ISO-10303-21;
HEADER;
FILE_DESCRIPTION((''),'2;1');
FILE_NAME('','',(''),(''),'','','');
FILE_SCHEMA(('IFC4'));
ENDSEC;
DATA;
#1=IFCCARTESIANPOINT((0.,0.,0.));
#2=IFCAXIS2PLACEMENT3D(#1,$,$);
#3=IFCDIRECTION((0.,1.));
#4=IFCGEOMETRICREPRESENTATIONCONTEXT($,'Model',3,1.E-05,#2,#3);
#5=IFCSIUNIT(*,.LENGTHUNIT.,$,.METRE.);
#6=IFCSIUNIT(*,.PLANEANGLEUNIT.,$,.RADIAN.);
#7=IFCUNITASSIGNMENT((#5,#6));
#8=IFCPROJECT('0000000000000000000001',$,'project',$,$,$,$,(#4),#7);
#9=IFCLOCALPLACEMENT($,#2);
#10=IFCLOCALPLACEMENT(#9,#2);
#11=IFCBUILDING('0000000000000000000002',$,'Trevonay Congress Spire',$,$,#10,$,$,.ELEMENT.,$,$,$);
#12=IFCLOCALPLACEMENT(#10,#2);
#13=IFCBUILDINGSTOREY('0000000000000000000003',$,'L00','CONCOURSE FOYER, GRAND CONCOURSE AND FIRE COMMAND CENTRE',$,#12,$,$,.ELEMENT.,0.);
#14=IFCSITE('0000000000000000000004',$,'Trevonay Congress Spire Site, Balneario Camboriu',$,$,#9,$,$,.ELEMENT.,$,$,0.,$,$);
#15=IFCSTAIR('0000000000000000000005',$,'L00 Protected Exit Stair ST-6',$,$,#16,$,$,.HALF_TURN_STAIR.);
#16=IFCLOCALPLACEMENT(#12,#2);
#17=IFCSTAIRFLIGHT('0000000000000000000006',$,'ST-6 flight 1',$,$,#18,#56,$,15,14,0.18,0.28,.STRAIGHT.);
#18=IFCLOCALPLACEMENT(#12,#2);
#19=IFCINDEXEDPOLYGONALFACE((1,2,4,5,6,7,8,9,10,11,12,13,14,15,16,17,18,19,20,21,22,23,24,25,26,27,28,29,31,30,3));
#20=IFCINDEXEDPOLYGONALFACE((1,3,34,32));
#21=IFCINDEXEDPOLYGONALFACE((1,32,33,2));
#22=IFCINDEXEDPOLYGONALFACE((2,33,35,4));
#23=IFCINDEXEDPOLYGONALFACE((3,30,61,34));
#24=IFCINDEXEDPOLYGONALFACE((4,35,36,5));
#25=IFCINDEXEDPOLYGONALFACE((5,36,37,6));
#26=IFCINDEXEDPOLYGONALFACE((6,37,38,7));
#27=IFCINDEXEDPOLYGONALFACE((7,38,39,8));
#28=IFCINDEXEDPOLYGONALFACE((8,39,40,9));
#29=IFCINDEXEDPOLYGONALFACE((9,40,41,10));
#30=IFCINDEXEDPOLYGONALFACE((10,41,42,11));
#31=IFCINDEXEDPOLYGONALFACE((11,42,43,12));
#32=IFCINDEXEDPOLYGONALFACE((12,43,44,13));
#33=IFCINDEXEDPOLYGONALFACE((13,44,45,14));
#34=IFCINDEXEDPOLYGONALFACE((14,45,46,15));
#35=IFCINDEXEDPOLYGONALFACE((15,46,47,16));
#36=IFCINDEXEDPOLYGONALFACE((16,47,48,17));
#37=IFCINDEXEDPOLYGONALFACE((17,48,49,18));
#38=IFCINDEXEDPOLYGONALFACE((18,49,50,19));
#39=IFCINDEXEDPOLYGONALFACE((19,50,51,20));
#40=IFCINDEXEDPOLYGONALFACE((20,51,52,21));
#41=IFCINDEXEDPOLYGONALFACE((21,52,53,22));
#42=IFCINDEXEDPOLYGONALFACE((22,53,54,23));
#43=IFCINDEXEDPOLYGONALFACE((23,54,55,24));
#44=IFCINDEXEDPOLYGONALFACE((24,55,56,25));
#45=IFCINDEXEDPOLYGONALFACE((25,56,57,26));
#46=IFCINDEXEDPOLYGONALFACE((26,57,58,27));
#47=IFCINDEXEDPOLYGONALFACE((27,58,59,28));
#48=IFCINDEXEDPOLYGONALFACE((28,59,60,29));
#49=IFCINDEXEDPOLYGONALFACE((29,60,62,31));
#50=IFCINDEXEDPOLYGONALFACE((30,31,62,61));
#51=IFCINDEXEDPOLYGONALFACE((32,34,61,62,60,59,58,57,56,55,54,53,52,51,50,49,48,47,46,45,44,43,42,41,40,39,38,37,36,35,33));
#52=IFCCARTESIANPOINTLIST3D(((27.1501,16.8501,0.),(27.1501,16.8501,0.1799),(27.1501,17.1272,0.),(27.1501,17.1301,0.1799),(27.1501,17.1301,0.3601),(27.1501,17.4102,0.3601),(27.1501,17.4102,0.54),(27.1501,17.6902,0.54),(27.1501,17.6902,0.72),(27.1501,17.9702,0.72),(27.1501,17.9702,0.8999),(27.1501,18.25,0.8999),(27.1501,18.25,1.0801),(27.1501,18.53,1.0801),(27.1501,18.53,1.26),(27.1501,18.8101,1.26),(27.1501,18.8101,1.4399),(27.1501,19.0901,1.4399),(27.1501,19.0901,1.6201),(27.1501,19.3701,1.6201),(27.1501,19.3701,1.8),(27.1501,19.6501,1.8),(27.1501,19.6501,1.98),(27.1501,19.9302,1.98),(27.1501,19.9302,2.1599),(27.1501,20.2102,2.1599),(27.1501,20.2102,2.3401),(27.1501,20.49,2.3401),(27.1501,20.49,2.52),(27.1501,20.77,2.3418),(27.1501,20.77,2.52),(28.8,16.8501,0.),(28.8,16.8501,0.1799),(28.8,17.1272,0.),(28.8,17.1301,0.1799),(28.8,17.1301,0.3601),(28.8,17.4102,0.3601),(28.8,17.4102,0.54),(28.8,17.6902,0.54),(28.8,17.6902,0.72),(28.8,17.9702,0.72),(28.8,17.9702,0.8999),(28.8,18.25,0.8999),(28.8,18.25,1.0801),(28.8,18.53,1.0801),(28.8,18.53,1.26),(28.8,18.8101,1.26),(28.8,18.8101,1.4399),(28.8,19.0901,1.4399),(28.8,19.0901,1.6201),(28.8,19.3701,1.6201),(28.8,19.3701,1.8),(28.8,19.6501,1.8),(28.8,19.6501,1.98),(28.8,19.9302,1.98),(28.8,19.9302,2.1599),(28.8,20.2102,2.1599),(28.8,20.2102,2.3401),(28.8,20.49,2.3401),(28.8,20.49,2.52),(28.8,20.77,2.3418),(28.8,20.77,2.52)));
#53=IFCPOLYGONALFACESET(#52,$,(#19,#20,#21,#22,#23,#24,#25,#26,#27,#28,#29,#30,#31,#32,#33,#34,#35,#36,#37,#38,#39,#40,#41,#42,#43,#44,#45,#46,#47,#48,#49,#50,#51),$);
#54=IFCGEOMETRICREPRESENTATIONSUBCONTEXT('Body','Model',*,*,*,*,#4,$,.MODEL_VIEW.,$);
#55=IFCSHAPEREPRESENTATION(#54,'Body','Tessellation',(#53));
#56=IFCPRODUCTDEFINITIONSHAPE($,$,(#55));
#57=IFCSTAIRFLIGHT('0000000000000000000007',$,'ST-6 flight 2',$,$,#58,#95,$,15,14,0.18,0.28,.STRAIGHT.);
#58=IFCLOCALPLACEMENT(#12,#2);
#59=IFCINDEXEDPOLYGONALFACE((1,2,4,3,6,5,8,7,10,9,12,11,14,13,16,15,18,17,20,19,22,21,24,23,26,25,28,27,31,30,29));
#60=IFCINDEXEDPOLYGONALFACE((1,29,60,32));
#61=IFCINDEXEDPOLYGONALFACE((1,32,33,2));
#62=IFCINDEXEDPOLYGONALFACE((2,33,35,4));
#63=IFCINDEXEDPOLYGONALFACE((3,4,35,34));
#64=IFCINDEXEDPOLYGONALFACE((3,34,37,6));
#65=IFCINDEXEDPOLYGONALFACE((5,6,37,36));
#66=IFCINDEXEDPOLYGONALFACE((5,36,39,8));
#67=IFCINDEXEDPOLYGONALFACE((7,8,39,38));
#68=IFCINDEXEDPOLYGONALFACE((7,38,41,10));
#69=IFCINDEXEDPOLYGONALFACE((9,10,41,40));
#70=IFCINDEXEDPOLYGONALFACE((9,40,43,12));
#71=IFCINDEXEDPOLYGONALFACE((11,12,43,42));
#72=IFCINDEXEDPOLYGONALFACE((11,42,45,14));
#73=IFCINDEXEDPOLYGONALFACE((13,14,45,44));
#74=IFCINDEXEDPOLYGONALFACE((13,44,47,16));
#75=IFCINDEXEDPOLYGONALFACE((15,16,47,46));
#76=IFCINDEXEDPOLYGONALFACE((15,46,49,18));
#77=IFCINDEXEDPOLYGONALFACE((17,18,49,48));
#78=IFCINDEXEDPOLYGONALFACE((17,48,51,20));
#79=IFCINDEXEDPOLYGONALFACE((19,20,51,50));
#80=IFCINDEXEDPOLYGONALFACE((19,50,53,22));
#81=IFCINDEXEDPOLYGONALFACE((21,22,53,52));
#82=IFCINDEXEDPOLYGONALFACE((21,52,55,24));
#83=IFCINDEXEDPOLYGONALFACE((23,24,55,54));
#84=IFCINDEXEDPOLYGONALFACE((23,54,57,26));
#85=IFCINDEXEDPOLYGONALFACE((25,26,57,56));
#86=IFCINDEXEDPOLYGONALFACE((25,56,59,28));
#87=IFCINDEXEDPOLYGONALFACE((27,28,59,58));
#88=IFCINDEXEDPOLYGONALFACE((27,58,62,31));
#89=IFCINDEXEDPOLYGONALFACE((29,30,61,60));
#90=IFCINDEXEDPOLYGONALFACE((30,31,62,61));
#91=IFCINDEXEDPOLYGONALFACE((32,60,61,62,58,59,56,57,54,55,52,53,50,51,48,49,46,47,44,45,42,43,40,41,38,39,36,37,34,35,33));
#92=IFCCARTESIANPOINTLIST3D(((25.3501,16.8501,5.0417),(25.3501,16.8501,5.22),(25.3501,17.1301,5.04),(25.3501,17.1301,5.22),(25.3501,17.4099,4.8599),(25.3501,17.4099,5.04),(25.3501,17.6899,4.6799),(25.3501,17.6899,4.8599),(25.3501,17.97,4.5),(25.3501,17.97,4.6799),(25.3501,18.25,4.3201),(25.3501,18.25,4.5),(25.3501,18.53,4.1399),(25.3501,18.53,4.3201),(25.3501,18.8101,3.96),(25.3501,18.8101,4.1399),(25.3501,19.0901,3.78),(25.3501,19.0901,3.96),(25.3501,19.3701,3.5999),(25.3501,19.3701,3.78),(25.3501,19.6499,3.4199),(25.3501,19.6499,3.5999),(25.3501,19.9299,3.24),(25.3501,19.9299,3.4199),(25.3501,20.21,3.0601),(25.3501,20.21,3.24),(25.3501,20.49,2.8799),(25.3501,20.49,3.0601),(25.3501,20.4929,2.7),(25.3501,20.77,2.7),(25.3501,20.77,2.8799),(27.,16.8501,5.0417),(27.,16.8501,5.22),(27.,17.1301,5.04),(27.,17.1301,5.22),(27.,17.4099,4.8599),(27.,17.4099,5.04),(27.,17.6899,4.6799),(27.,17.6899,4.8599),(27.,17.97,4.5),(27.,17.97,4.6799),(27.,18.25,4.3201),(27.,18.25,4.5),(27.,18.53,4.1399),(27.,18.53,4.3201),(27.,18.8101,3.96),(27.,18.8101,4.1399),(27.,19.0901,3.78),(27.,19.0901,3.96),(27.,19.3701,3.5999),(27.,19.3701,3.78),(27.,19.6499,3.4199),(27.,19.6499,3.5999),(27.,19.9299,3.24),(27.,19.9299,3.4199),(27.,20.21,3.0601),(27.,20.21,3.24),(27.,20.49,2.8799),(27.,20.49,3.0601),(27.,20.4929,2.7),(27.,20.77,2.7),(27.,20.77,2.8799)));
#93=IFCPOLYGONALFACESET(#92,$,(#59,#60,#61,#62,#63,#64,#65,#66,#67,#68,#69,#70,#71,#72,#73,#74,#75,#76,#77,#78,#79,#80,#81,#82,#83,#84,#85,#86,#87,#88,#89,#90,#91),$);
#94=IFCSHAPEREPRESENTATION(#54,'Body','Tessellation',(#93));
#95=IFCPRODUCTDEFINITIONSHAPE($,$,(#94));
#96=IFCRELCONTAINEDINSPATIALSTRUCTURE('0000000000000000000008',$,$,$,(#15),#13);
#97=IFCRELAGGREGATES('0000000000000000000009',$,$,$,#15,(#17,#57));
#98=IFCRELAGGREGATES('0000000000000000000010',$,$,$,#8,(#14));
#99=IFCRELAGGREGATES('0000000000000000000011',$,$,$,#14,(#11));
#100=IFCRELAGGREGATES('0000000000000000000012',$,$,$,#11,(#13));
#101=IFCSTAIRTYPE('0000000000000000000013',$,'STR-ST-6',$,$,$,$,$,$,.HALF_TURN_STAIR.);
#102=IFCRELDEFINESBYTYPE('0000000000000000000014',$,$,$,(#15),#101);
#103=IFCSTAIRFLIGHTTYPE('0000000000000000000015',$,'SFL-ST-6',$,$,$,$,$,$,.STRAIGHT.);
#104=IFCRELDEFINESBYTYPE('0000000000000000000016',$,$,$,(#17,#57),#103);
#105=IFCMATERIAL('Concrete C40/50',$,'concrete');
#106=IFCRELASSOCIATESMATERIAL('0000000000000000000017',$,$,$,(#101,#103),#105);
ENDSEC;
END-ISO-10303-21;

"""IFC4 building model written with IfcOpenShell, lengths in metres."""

from ifc_helpers import new_model, si_unit, direction, frame, origin, place, context, subcontext, project, spatial, polyline, outline, extrude, material, type_object, element, aggregate, save


model = new_model("IFC4")

# Units and contexts
model_context = context("Model", 3, precision=1e-05, world=origin(), true_north=direction((0.0, 1.0)))
body_context = subcontext(model_context, "Body", "Model", "MODEL_VIEW")
ifc_project = project(units=[si_unit("LENGTHUNIT", "METRE"), si_unit("PLANEANGLEUNIT", "RADIAN")], contexts=[model_context])

# Site, building, storey
site_placement = place(None, origin())
site = spatial("IfcSite", under=ifc_project, at=site_placement, Name="Trevonay Congress Spire Site, Balneario Camboriu", CompositionType="ELEMENT", RefElevation=0.0)
building_placement = place(site_placement, origin())
building = spatial("IfcBuilding", under=site, at=building_placement, Name="Trevonay Congress Spire", CompositionType="ELEMENT")
storey_placement = place(building_placement, origin())
storey = spatial("IfcBuildingStorey", under=building, at=storey_placement, Name="L00", Description="CONCOURSE FOYER, GRAND CONCOURSE AND FIRE COMMAND CENTRE", CompositionType="ELEMENT", Elevation=0.0)

# Shared definitions
ifc_material_1 = material(Name="Concrete C40/50", Category="concrete")

# Stair, stair flights
stair_type = type_object("IfcStairType", Name="STR-ST-6", PredefinedType="HALF_TURN_STAIR", material=ifc_material_1)
stair_placement = place(storey_placement, origin())
stair = element("IfcStair", 1, at=stair_placement, inside=storey, type_object=stair_type, Name="L00 Protected Exit Stair ST-6", PredefinedType="HALF_TURN_STAIR")
stair_flight_type = type_object("IfcStairFlightType", Name="SFL-ST-6", PredefinedType="STRAIGHT", material=ifc_material_1)
stair_flight_1_placement = place(storey_placement, frame((27.9751, 16.8501, 0.0), z_axis=(0.0, 0.0, 1.0), x_axis=(0.0, 1.0, 0.0)))
stair_flight_1 = element("IfcStairFlight", 2, at=stair_flight_1_placement, type_object=stair_flight_type, Name="ST-6 flight 1", NumberOfRisers=15, NumberOfTreads=14, PredefinedType="STRAIGHT", RiserHeight=0.18, TreadLength=0.28, context=body_context, shape_type="SweptSolid", body=[
    extrude(outline(polyline([(0.0, 0.0), (0.0, 0.1799), (0.28, 0.1799), (0.28, 0.3601), (0.5601, 0.3601), (0.5601, 0.54), (0.8401, 0.54), (0.8401, 0.72), (1.1201, 0.72), (1.1201, 0.8999), (1.3999, 0.8999), (1.3999, 1.0801), (1.6799, 1.0801), (1.6799, 1.26), (1.96, 1.26), (1.96, 1.4399), (2.24, 1.4399), (2.24, 1.6201), (2.52, 1.6201), (2.52, 1.8), (2.8, 1.8), (2.8, 1.98), (3.0801, 1.98), (3.0801, 2.1599), (3.3601, 2.1599), (3.3601, 2.3401), (3.6399, 2.3401), (3.6399, 2.52), (3.9199, 2.52), (3.9199, 2.7), (3.9199, 2.3418), (0.2771, 0.0), (0.0, 0.0)])), frame((0.0, 0.825, 0.0), z_axis=(0.0, -1.0, 0.0), x_axis=(1.0, 0.0, 0.0)), (0.0, 0.0, 1.0), 1.6499),
])
stair_flight_2_placement = place(storey_placement, frame((26.175, 20.77, 2.7), z_axis=(0.0, 0.0, 1.0), x_axis=(0.0, -1.0, 0.0)))
stair_flight_2 = element("IfcStairFlight", 3, at=stair_flight_2_placement, type_object=stair_flight_type, Name="ST-6 flight 2", NumberOfRisers=15, NumberOfTreads=14, PredefinedType="STRAIGHT", RiserHeight=0.18, TreadLength=0.28, context=body_context, shape_type="SweptSolid", body=[
    extrude(outline(polyline([(0.0, 0.0), (0.0, 0.1799), (0.28, 0.1799), (0.28, 0.3601), (0.5601, 0.3601), (0.5601, 0.54), (0.8401, 0.54), (0.8401, 0.72), (1.1201, 0.72), (1.1201, 0.8999), (1.3999, 0.8999), (1.3999, 1.0801), (1.6799, 1.0801), (1.6799, 1.26), (1.96, 1.26), (1.96, 1.4399), (2.24, 1.4399), (2.24, 1.6201), (2.52, 1.6201), (2.52, 1.8), (2.8, 1.8), (2.8, 1.98), (3.0801, 1.98), (3.0801, 2.1599), (3.3601, 2.1599), (3.3601, 2.3401), (3.6399, 2.3401), (3.6399, 2.52), (3.9199, 2.52), (3.9199, 2.7), (3.9199, 2.3418), (0.2771, 0.0), (0.0, 0.0)])), frame((0.0, 0.825, 0.0), z_axis=(0.0, -1.0, 0.0), x_axis=(1.0, 0.0, 0.0)), (0.0, 0.0, 1.0), 1.6499),
])
aggregate(stair, [stair_flight_1, stair_flight_2])

save(model, "model.ifc")
